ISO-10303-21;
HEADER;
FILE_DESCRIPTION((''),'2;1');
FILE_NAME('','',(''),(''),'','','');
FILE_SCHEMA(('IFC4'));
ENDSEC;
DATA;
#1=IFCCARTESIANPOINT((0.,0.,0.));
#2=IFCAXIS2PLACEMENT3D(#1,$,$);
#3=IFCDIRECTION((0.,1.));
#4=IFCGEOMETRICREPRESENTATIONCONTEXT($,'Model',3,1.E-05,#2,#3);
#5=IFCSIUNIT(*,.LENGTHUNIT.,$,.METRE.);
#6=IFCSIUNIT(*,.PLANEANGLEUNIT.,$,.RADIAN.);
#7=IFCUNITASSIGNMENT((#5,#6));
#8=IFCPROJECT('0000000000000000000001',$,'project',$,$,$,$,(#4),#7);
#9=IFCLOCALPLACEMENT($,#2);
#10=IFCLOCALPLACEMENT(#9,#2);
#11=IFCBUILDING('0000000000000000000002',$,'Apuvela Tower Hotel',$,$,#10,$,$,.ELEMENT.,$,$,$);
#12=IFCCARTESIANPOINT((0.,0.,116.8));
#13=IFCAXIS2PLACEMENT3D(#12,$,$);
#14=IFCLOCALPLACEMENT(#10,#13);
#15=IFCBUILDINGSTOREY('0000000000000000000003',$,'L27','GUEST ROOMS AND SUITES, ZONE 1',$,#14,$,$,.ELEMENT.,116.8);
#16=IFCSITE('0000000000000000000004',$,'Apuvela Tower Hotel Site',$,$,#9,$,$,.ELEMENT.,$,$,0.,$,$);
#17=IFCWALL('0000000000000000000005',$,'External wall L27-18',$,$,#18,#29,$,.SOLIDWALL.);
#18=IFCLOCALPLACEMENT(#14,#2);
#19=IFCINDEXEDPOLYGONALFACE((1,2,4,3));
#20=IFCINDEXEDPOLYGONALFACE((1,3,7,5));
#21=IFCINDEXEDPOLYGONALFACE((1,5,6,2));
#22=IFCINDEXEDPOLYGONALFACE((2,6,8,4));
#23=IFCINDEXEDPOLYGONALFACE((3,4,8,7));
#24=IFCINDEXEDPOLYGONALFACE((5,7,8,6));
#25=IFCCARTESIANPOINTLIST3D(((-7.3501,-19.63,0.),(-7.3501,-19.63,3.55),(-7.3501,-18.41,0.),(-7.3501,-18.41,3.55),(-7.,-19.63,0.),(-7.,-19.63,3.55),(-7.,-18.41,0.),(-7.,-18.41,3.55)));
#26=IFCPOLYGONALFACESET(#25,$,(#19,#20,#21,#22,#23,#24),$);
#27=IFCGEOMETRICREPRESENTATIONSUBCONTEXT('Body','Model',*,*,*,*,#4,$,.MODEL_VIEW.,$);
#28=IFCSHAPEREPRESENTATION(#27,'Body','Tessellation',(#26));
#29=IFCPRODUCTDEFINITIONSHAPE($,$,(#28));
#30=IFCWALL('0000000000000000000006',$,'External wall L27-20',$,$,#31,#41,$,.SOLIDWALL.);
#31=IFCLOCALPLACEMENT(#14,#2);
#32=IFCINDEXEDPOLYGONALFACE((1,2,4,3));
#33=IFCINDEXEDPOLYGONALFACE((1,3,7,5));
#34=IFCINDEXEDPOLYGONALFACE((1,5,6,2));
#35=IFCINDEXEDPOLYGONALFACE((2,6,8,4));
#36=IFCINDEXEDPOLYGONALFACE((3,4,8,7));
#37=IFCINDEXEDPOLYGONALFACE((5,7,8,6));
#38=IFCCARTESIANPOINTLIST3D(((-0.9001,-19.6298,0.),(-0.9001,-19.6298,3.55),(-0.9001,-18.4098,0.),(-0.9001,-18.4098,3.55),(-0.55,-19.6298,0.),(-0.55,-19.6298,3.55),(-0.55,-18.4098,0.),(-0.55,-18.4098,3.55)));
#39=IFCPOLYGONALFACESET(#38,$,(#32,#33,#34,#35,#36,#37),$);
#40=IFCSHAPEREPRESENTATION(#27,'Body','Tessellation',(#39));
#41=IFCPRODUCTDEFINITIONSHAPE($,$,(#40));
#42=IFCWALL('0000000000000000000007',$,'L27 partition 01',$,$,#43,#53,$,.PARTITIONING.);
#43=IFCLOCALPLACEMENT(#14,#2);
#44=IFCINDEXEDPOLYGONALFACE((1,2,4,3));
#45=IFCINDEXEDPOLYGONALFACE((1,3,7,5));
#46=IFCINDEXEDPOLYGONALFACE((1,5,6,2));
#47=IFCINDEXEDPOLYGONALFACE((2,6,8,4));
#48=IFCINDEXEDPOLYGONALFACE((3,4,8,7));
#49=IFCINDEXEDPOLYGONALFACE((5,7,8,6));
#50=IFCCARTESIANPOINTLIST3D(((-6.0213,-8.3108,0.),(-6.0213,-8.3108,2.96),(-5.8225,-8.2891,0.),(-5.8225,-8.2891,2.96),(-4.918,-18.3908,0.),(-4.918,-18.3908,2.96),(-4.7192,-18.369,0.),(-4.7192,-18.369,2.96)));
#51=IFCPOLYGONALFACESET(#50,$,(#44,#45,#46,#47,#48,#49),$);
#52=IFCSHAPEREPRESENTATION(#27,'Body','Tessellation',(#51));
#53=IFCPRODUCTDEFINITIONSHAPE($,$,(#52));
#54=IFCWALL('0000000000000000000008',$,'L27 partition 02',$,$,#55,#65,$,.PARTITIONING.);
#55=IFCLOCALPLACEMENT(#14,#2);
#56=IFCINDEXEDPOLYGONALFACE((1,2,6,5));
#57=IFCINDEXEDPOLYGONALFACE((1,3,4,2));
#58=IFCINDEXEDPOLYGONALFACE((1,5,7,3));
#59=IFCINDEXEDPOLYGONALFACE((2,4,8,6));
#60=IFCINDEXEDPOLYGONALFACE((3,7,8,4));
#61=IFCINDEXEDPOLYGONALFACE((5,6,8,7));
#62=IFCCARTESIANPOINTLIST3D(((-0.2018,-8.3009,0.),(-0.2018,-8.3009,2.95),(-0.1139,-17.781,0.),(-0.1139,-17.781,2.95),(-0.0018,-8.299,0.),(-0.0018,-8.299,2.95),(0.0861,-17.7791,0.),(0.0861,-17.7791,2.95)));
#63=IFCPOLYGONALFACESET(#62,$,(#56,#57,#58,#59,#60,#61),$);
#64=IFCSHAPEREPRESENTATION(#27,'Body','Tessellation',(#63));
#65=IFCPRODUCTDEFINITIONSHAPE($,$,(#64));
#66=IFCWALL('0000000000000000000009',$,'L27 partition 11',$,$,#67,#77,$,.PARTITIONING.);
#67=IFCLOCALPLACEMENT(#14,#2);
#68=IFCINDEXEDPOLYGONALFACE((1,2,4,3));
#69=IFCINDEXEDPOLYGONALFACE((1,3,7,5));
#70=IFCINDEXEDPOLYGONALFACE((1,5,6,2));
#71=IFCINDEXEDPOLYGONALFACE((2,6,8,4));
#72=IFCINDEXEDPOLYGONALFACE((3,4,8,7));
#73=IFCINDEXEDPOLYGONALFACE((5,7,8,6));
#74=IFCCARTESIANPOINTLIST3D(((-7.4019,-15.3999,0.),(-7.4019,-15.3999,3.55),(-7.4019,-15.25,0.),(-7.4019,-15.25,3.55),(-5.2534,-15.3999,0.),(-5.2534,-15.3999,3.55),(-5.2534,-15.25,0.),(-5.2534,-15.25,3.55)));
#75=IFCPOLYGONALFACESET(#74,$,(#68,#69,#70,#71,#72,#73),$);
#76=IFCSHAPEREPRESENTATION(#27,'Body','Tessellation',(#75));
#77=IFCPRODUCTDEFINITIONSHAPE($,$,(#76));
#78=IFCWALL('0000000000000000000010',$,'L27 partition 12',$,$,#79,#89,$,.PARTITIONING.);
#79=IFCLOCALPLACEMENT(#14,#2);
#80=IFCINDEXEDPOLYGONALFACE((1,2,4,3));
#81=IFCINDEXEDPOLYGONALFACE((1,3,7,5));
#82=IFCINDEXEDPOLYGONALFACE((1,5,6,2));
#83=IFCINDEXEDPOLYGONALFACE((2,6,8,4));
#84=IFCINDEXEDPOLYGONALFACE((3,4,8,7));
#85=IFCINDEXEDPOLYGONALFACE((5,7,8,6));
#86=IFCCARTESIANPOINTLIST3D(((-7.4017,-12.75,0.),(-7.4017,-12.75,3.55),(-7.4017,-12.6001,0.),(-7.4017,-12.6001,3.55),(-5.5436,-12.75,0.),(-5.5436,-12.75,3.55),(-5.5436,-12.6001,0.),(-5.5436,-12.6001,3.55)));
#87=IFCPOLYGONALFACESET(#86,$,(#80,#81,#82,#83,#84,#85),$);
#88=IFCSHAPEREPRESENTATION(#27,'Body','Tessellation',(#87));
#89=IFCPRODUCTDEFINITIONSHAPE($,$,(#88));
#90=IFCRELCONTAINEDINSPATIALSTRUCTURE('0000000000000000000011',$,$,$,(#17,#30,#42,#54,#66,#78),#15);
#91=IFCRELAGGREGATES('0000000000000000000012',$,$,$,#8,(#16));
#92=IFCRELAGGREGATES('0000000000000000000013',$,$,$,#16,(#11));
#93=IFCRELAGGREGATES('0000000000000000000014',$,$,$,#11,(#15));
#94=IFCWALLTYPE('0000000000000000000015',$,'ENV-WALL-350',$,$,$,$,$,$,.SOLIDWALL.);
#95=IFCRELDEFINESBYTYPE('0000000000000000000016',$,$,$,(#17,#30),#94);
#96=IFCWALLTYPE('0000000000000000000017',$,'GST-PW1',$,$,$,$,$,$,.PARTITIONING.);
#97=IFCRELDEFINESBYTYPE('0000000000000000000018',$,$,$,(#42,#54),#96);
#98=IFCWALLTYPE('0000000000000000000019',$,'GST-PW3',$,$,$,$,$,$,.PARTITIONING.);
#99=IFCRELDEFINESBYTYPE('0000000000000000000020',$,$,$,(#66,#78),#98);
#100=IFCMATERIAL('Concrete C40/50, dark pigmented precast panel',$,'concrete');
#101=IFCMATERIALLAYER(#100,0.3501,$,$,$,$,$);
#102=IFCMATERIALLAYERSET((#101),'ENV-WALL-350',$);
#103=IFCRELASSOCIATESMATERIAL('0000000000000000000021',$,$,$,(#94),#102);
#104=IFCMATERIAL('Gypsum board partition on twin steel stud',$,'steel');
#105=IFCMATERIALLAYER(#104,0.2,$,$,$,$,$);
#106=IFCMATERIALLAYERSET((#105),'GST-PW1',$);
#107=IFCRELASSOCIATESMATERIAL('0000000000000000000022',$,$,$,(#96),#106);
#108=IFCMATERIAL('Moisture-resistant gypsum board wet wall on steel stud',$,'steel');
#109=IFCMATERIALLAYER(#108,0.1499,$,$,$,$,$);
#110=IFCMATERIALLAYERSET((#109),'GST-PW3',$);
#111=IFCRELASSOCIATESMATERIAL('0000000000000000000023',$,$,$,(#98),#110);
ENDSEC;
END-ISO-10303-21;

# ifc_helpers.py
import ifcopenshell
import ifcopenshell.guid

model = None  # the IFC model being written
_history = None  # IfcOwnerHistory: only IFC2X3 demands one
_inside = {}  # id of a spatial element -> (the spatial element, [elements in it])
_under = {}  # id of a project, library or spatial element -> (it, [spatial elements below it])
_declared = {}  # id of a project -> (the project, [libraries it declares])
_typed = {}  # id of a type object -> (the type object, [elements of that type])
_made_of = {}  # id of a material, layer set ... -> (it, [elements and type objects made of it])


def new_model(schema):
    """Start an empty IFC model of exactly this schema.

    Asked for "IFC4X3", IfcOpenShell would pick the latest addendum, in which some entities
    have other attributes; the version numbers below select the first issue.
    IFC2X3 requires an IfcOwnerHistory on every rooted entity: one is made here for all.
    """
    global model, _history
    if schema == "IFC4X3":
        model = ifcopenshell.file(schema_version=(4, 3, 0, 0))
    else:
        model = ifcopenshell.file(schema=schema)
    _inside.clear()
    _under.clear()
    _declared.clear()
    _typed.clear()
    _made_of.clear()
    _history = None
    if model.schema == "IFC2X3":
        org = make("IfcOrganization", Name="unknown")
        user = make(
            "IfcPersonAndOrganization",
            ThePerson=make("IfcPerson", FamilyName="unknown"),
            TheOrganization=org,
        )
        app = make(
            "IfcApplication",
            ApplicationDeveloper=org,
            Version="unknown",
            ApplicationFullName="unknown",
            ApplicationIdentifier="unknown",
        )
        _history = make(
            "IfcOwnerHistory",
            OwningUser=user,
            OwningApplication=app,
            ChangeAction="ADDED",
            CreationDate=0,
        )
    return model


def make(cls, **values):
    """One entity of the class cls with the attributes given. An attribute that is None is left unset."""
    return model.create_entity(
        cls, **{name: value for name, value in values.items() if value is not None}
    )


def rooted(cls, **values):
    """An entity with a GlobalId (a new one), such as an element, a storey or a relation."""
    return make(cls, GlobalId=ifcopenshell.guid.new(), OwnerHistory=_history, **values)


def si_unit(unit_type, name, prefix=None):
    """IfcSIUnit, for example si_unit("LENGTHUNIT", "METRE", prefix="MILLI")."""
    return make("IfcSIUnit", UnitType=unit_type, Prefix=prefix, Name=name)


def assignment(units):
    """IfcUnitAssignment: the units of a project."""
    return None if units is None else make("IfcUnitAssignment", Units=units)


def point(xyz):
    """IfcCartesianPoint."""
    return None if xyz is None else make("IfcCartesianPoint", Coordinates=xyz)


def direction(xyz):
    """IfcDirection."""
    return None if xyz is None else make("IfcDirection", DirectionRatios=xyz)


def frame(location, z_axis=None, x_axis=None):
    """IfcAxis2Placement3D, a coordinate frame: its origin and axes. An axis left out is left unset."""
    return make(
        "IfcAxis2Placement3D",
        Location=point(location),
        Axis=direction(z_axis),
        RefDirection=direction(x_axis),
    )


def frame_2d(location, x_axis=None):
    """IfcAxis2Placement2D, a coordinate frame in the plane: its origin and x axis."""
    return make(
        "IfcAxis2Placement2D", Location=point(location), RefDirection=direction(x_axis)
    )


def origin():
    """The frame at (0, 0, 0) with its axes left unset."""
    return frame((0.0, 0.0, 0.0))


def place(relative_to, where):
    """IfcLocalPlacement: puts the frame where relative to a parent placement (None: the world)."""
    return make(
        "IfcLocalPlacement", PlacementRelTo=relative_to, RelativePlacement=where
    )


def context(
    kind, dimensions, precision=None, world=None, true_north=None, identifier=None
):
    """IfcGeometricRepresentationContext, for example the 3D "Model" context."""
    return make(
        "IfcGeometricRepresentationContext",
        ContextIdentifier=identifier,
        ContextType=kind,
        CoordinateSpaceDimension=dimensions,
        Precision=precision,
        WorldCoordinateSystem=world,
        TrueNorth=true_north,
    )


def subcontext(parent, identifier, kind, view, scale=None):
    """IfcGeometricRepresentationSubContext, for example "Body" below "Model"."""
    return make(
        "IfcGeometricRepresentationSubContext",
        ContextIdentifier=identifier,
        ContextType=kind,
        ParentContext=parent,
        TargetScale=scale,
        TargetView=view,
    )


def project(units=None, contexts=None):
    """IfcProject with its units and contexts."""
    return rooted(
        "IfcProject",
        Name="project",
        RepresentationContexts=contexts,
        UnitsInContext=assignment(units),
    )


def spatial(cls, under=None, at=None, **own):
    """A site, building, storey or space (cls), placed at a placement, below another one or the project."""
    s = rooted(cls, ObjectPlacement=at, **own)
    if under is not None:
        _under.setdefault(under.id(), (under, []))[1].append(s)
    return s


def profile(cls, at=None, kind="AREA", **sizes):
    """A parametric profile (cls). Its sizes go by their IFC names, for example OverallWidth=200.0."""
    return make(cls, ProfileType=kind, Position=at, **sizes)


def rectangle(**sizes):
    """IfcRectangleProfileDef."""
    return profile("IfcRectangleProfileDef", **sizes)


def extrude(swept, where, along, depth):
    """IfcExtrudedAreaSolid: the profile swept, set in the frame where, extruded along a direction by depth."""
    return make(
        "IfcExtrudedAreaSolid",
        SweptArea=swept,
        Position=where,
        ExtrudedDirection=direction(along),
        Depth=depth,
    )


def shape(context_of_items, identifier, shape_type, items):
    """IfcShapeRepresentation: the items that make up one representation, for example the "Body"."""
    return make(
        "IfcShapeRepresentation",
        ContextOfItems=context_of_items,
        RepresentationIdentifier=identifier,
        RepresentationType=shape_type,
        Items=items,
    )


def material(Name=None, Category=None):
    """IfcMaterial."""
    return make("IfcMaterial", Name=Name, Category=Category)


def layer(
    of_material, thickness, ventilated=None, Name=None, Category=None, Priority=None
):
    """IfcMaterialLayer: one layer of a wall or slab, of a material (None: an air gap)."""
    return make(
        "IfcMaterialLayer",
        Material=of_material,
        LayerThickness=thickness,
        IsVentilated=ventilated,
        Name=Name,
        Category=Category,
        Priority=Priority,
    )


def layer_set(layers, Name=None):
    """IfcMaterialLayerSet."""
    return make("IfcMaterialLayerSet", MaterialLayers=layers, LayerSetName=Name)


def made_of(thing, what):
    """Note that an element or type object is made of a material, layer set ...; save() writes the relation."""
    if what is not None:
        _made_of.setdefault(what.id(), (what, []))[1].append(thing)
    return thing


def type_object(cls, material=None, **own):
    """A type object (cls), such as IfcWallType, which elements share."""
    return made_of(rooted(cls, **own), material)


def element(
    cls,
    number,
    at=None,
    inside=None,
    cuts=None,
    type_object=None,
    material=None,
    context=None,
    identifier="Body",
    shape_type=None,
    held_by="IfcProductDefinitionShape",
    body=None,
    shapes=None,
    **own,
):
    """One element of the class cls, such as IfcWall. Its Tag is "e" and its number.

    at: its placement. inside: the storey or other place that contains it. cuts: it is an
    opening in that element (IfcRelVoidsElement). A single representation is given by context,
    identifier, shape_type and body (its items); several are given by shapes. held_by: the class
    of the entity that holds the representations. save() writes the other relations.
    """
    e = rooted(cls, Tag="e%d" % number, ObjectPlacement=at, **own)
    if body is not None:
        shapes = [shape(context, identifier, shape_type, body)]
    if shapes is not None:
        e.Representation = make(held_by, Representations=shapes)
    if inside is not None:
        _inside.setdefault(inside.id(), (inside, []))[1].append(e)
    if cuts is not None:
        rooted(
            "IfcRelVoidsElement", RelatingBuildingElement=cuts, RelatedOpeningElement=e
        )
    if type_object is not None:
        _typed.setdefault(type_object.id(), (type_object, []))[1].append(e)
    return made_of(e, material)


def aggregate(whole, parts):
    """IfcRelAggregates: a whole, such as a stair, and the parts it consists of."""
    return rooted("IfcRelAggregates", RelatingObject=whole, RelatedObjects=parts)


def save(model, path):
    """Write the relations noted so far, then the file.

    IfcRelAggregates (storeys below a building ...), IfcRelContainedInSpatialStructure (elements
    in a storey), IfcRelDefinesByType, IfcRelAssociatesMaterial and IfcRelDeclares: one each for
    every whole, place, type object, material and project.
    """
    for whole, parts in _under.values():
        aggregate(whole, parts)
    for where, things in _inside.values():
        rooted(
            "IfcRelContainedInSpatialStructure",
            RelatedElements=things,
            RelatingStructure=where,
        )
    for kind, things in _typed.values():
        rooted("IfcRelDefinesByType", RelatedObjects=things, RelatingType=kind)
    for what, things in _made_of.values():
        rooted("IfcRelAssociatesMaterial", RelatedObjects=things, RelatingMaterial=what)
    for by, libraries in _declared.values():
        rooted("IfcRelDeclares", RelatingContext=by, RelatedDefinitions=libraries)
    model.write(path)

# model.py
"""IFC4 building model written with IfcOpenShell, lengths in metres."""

from ifc_helpers import new_model, si_unit, direction, frame, frame_2d, origin, place, context, subcontext, project, spatial, rectangle, extrude, material, layer, layer_set, type_object, element, save


model = new_model("IFC4")

# Units and contexts
model_context = context("Model", 3, precision=1e-05, world=origin(), true_north=direction((0.0, 1.0)))
body_context = subcontext(model_context, "Body", "Model", "MODEL_VIEW")
ifc_project = project(units=[si_unit("LENGTHUNIT", "METRE"), si_unit("PLANEANGLEUNIT", "RADIAN")], contexts=[model_context])

# Site, building, storey
site_placement = place(None, origin())
site = spatial("IfcSite", under=ifc_project, at=site_placement, Name="Apuvela Tower Hotel Site", CompositionType="ELEMENT", RefElevation=0.0)
building_placement = place(site_placement, origin())
building = spatial("IfcBuilding", under=site, at=building_placement, Name="Apuvela Tower Hotel", CompositionType="ELEMENT")
storey_placement = place(building_placement, frame((0.0, 0.0, 116.8)))
storey = spatial("IfcBuildingStorey", under=building, at=storey_placement, Name="L27", Description="GUEST ROOMS AND SUITES, ZONE 1", CompositionType="ELEMENT", Elevation=116.8)

# Wall
ifc_material_1 = material(Name="Concrete C40/50, dark pigmented precast panel", Category="concrete")
ifc_layer_1 = layer(ifc_material_1, 0.3501)
ifc_layer_set_1 = layer_set([ifc_layer_1], Name="ENV-WALL-350")
wall_type_1 = type_object("IfcWallType", Name="ENV-WALL-350", PredefinedType="SOLIDWALL", material=ifc_layer_set_1)
wall_1_placement = place(storey_placement, frame((-7.175, -19.6299, 0.0), z_axis=(0.0, 0.0, 1.0), x_axis=(0.0, 1.0, 0.0)))
element("IfcWall", 1, at=wall_1_placement, inside=storey, type_object=wall_type_1, Name="External wall L27-18", PredefinedType="SOLIDWALL", context=body_context, shape_type="SweptSolid", body=[
    extrude(rectangle(XDim=1.22, YDim=0.3501, at=frame_2d((0.6099, 0.0))), origin(), (0.0, 0.0, 1.0), 3.55),
])

# Wall
wall_2_placement = place(storey_placement, frame((-0.7251, -18.4099, 0.0), z_axis=(0.0, 0.0, 1.0), x_axis=(0.0, -1.0, 0.0)))
element("IfcWall", 2, at=wall_2_placement, inside=storey, type_object=wall_type_1, Name="External wall L27-20", PredefinedType="SOLIDWALL", context=body_context, shape_type="SweptSolid", body=[
    extrude(rectangle(XDim=1.22, YDim=0.3501, at=frame_2d((0.6099, 0.0))), origin(), (0.0, 0.0, 1.0), 3.55),
])

# Walls
ifc_material_2 = material(Name="Gypsum board partition on twin steel stud", Category="steel")
ifc_layer_2 = layer(ifc_material_2, 0.2)
ifc_layer_set_2 = layer_set([ifc_layer_2], Name="GST-PW1")
wall_type_2 = type_object("IfcWallType", Name="GST-PW1", PredefinedType="PARTITIONING", material=ifc_layer_set_2)
wall_3_placement = place(storey_placement, frame((-4.8186, -18.3799, 0.0), z_axis=(0.0, 0.0, 1.0), x_axis=(-0.108804, 0.994063, 0.0)))
element("IfcWall", 3, at=wall_3_placement, inside=storey, type_object=wall_type_2, Name="L27 partition 01", PredefinedType="PARTITIONING", context=body_context, shape_type="SweptSolid", body=[
    extrude(rectangle(XDim=10.1401, YDim=0.2, at=frame_2d((5.0701, 0.0))), origin(), (0.0, 0.0, 1.0), 2.96),
])
wall_4_placement = place(storey_placement, frame((-0.0139, -17.78, 0.0), z_axis=(0.0, 0.0, 1.0), x_axis=(-0.009271, 0.999957, 0.0)))
element("IfcWall", 4, at=wall_4_placement, inside=storey, type_object=wall_type_2, Name="L27 partition 02", PredefinedType="PARTITIONING", context=body_context, shape_type="SweptSolid", body=[
    extrude(rectangle(XDim=9.4805, YDim=0.2, at=frame_2d((4.7402, 0.0))), origin(), (0.0, 0.0, 1.0), 2.95),
])
ifc_material_3 = material(Name="Moisture-resistant gypsum board wet wall on steel stud", Category="steel")
ifc_layer_3 = layer(ifc_material_3, 0.1499)
ifc_layer_set_3 = layer_set([ifc_layer_3], Name="GST-PW3")
wall_type_3 = type_object("IfcWallType", Name="GST-PW3", PredefinedType="PARTITIONING", material=ifc_layer_set_3)
wall_5_placement = place(storey_placement, frame((-7.4019, -15.325, 0.0), z_axis=(0.0, 0.0, 1.0), x_axis=(1.0, 0.0, 0.0)))
element("IfcWall", 5, at=wall_5_placement, inside=storey, type_object=wall_type_3, Name="L27 partition 11", PredefinedType="PARTITIONING", context=body_context, shape_type="SweptSolid", body=[
    extrude(rectangle(XDim=2.1484, YDim=0.1499, at=frame_2d((1.0742, 0.0))), origin(), (0.0, 0.0, 1.0), 3.55),
])
wall_6_placement = place(storey_placement, frame((-7.4019, -12.675, 0.0), z_axis=(0.0, 0.0, 1.0), x_axis=(1.0, 0.0, 0.0)))
element("IfcWall", 6, at=wall_6_placement, inside=storey, type_object=wall_type_3, Name="L27 partition 12", PredefinedType="PARTITIONING", context=body_context, shape_type="SweptSolid", body=[
    extrude(rectangle(XDim=1.8582, YDim=0.1499, at=frame_2d((0.9292, 0.0))), origin(), (0.0, 0.0, 1.0), 3.55),
])

save(model, "model.ifc")
